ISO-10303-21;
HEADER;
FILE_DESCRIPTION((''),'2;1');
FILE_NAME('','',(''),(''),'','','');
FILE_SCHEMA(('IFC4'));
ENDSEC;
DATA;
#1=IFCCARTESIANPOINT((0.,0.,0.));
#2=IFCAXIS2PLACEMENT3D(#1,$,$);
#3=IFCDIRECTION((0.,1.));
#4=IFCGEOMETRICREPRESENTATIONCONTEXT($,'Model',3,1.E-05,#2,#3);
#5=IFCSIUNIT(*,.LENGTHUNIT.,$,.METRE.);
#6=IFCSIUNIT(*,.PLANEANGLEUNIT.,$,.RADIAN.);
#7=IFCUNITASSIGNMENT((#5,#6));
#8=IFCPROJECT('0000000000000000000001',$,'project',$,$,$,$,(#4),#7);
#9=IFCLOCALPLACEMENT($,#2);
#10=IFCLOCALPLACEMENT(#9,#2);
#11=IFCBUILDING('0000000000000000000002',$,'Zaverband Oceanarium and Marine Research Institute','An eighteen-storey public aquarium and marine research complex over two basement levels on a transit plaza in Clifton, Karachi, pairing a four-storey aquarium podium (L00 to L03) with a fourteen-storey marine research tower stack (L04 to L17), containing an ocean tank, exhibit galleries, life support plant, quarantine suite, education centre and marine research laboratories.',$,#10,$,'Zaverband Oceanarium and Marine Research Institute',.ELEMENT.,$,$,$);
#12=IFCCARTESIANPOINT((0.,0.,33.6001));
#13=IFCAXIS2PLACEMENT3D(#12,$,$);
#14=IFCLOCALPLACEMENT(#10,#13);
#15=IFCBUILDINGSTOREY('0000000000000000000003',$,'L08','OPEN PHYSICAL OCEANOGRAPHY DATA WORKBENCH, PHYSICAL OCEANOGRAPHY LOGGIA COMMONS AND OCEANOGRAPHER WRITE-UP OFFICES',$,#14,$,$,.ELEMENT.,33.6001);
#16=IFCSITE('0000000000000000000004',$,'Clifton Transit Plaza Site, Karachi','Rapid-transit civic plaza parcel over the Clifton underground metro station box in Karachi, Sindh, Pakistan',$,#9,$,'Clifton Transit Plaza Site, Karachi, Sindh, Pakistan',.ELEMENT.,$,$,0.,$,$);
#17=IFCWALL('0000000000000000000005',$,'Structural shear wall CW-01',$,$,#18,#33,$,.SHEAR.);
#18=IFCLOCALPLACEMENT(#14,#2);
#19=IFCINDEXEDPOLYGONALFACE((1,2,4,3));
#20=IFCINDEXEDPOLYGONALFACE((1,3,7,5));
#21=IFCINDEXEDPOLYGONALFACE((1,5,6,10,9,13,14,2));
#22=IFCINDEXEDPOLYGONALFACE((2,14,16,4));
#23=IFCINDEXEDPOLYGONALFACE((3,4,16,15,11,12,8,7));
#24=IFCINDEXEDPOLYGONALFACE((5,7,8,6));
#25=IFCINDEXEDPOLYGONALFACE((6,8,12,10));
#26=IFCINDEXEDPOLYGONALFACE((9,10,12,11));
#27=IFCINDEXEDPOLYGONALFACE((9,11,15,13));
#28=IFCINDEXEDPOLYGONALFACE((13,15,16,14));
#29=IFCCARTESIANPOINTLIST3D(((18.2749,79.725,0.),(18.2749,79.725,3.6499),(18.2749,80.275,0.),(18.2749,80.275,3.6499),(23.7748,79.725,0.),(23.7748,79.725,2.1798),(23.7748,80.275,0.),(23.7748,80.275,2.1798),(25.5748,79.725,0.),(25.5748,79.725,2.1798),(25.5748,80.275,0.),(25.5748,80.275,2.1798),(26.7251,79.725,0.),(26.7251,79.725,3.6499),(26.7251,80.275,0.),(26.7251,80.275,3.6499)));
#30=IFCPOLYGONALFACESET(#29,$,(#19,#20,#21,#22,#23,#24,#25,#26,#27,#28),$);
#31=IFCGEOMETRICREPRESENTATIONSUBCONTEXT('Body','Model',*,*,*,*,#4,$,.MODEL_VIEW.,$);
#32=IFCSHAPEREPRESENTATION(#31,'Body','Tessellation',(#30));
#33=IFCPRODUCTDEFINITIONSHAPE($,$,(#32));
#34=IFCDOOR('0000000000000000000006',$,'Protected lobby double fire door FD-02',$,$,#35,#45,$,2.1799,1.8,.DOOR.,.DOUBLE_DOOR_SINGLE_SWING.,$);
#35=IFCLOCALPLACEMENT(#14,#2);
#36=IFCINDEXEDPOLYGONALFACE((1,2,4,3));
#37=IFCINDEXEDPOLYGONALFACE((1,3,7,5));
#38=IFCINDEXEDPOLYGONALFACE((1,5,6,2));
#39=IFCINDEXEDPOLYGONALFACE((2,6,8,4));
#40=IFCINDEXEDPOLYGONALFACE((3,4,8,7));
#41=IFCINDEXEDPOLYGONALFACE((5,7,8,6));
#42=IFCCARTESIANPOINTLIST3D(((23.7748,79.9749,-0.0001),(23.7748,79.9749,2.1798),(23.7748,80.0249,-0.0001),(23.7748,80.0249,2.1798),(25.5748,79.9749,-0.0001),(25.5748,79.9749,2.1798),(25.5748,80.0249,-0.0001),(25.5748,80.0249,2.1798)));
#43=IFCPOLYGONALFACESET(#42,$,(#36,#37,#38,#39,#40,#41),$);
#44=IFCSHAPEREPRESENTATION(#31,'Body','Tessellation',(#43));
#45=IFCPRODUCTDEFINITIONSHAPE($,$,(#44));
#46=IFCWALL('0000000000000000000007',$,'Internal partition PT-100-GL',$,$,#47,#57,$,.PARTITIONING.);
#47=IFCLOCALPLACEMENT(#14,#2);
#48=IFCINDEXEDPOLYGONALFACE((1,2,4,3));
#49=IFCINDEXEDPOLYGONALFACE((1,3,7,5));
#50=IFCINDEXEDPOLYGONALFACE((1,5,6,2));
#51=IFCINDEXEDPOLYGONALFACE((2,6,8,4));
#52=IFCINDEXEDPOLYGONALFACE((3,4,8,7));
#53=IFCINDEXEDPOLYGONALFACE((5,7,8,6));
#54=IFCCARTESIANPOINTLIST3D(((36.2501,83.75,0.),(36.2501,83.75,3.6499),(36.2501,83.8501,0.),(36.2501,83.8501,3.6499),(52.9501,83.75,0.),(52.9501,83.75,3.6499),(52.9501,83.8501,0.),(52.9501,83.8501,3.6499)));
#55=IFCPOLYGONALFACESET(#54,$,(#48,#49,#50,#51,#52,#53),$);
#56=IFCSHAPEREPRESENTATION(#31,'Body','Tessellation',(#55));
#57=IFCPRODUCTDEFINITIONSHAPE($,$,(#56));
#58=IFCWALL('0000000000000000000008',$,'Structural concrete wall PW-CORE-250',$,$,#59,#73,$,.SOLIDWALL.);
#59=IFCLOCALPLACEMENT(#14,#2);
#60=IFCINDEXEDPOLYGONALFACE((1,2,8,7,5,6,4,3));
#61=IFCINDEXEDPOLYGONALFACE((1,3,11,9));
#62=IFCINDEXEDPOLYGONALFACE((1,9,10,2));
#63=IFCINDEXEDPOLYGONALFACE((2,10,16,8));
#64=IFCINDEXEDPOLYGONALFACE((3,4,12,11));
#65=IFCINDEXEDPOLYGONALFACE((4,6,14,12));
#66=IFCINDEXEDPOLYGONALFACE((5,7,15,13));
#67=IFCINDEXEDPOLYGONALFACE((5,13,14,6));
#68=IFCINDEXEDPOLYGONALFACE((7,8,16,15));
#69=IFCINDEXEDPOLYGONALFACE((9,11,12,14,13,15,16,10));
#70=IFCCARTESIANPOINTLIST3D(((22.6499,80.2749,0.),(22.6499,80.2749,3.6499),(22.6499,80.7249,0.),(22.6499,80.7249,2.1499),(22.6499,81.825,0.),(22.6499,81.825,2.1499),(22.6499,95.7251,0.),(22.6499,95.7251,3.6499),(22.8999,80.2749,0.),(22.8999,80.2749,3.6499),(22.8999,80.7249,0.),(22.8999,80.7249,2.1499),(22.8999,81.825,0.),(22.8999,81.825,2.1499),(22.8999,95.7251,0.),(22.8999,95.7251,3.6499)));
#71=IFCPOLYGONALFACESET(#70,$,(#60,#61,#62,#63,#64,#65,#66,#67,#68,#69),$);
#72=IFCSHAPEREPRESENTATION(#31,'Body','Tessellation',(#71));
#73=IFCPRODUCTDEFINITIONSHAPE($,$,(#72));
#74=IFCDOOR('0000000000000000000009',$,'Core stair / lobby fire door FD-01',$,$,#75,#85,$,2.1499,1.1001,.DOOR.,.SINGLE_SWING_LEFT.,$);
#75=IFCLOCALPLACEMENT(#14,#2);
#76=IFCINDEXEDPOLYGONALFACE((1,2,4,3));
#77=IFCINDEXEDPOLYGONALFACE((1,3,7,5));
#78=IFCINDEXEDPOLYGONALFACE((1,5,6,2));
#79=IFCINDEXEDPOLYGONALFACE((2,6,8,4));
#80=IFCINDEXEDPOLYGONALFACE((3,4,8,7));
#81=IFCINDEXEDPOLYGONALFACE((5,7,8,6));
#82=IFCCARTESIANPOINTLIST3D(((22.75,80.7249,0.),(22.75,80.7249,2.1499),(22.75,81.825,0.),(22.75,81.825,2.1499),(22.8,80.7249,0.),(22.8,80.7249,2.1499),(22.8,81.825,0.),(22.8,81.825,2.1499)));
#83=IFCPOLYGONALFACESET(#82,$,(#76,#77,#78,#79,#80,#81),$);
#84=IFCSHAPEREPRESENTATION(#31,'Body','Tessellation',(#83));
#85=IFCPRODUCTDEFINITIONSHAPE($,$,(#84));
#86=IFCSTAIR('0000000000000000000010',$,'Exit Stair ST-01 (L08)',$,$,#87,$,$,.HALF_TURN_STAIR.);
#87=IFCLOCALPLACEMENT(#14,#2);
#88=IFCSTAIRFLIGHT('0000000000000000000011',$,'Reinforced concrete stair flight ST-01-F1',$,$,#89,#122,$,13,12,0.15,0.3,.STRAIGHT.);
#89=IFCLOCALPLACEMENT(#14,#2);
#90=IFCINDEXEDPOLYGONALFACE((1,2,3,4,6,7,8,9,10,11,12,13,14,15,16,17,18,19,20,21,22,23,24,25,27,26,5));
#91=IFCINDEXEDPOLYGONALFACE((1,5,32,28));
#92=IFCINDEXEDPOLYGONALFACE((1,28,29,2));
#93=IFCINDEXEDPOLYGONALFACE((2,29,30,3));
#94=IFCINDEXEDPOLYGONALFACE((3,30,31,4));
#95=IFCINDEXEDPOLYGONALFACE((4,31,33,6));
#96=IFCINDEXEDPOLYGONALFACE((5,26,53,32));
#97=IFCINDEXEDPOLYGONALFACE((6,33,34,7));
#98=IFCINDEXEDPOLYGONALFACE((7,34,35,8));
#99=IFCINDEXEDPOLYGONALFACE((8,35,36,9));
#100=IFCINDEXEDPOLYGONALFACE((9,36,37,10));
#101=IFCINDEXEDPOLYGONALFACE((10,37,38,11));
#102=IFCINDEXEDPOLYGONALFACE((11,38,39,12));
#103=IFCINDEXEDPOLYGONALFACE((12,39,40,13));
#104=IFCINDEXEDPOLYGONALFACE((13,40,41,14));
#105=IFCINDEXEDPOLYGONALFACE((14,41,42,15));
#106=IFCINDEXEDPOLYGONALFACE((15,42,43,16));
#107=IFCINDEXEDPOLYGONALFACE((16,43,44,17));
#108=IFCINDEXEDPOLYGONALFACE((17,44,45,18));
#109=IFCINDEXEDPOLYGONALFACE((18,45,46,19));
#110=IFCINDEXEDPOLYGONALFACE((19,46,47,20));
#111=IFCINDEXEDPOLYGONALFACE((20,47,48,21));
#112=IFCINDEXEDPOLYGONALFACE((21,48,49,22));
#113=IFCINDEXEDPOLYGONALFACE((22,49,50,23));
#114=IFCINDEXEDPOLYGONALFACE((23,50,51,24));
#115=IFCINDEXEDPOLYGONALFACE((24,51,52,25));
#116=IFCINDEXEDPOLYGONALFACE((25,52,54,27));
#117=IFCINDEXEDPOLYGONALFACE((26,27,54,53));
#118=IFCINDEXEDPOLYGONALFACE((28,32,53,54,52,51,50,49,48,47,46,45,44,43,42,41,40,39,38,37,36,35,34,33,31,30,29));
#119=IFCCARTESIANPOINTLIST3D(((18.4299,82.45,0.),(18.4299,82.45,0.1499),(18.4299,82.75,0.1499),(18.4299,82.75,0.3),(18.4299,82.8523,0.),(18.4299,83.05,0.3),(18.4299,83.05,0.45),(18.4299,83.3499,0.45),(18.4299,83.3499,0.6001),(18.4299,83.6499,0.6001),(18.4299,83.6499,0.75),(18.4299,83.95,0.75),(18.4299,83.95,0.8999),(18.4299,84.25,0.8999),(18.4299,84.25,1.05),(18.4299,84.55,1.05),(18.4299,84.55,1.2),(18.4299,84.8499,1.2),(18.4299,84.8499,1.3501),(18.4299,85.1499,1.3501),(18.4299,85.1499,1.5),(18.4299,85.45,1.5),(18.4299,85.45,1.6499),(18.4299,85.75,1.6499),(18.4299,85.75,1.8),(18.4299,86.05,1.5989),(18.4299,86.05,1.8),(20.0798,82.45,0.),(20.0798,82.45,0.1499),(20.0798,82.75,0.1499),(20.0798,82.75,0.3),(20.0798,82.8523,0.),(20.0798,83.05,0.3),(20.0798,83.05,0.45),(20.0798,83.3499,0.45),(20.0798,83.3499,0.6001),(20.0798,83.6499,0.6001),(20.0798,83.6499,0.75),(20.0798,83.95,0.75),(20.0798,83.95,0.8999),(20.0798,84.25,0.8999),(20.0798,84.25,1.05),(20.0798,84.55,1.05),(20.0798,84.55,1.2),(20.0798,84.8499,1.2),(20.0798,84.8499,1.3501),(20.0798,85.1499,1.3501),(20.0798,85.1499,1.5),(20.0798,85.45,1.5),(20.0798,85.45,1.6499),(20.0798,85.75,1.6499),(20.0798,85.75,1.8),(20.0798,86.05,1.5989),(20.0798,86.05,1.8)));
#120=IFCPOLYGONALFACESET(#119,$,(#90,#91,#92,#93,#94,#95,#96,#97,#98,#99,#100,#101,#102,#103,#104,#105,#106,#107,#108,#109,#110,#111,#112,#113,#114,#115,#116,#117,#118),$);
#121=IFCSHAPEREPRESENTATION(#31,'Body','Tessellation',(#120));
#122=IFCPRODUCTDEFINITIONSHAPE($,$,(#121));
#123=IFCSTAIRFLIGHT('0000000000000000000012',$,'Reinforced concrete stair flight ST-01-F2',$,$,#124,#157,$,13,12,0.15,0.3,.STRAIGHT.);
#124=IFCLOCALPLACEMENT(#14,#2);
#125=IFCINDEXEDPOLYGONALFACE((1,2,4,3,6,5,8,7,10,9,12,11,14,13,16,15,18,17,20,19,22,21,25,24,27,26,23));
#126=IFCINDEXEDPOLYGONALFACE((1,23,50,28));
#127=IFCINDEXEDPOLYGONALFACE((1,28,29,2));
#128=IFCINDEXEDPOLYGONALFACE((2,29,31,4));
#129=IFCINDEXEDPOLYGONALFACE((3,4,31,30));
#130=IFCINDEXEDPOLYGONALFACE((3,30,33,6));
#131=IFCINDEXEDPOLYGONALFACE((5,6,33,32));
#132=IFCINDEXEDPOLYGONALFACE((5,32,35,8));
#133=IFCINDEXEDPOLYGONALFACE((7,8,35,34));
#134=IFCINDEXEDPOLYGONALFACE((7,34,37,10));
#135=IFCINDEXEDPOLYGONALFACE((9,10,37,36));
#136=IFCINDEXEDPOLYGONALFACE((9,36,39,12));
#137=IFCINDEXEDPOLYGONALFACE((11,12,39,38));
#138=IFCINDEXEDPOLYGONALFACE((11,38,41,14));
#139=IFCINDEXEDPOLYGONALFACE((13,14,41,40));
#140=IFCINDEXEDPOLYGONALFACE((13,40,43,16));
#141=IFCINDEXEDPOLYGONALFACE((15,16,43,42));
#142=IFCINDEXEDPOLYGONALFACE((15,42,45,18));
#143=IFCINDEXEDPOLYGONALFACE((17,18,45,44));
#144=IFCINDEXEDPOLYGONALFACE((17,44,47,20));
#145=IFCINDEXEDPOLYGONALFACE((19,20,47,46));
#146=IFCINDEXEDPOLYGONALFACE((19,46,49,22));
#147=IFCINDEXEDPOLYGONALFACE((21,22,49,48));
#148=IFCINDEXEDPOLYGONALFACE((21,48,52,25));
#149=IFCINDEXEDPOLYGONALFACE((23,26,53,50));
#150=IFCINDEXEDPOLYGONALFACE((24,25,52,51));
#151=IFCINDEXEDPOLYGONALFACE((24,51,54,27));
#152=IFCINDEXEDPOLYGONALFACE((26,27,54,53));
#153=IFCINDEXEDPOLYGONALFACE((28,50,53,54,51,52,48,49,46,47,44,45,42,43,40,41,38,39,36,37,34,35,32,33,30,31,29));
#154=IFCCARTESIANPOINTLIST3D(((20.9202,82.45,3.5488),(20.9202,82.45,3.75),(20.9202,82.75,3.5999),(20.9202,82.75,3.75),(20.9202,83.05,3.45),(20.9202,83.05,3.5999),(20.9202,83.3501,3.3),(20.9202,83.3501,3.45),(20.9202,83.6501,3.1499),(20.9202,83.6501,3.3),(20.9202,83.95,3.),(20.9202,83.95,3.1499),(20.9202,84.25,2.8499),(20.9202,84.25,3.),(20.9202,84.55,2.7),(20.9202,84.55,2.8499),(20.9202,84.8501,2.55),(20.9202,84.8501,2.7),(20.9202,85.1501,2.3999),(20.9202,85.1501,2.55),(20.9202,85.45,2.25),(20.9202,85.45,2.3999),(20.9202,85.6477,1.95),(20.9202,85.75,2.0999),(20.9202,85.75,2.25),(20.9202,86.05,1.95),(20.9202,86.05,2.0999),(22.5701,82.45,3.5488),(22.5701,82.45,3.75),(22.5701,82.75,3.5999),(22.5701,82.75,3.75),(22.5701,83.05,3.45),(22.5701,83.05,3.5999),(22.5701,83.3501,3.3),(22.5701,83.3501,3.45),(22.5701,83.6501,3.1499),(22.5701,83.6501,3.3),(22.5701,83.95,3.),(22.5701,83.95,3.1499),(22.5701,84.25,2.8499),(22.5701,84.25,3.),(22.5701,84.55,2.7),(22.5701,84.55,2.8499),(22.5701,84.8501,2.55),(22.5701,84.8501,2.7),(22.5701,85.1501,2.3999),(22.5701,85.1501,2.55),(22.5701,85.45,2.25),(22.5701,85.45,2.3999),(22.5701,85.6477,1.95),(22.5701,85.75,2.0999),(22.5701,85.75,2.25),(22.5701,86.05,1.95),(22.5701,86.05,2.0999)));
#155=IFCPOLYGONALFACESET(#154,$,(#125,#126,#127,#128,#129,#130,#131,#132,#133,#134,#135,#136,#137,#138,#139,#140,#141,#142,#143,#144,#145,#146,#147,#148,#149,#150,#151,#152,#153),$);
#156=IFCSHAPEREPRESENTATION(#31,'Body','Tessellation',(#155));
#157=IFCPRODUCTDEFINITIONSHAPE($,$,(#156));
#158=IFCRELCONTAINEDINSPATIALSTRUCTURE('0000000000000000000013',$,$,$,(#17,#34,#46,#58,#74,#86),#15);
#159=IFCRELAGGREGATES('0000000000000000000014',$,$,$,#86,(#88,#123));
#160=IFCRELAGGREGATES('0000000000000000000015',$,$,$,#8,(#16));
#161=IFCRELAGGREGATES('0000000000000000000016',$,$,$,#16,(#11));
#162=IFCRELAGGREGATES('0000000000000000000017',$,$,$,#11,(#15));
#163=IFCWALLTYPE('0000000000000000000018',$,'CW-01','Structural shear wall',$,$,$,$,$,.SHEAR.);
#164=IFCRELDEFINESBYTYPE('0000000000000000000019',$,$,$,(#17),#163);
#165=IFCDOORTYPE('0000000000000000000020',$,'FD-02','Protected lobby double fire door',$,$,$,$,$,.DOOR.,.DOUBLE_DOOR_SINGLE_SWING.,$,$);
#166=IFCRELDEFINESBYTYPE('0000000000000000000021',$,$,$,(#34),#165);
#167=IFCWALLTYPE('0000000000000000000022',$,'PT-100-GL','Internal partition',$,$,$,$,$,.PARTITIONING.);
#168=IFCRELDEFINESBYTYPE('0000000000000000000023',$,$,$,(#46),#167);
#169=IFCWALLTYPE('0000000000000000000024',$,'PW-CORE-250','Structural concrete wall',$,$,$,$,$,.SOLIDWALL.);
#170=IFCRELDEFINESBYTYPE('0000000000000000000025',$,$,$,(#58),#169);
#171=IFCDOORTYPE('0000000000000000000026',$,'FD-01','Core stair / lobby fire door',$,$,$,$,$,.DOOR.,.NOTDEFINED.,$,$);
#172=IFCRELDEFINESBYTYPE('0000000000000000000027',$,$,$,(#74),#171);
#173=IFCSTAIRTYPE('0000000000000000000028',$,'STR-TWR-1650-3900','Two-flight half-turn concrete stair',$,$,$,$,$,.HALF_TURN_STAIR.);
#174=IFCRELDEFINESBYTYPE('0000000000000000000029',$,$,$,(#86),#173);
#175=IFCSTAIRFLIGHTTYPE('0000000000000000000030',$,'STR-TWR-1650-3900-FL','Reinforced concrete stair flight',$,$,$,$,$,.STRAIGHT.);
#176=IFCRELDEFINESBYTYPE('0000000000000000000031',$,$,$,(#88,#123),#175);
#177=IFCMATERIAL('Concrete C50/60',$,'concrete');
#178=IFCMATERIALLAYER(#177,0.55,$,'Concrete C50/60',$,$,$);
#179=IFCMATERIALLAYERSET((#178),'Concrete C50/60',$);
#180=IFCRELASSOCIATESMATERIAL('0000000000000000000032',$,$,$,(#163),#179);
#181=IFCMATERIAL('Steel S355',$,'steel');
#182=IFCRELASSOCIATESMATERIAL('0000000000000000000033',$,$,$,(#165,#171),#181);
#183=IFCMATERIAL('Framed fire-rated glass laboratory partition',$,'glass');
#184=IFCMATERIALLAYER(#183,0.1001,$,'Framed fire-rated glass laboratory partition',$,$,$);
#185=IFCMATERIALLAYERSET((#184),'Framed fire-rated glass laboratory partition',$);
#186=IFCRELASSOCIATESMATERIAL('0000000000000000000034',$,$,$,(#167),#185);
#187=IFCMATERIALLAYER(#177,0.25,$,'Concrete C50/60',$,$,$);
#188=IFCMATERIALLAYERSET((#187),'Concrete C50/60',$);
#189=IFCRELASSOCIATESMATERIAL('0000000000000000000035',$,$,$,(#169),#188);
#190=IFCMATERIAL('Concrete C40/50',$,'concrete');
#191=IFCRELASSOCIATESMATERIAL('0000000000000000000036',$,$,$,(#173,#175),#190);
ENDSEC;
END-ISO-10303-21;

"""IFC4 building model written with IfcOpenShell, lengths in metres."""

from ifc_helpers import new_model, si_unit, direction, frame, frame_2d, origin, place, context, subcontext, project, spatial, polyline, rectangle, outline, extrude, material, layer, layer_set, type_object, element, fill, aggregate, save


model = new_model("IFC4")

# Units and contexts
model_context = context("Model", 3, precision=1e-05, world=origin(), true_north=direction((0.0, 1.0)))
body_context = subcontext(model_context, "Body", "Model", "MODEL_VIEW")
ifc_project = project(units=[si_unit("LENGTHUNIT", "METRE"), si_unit("PLANEANGLEUNIT", "RADIAN")], contexts=[model_context])

# Site, building, storey
site_placement = place(None, origin())
site = spatial("IfcSite", under=ifc_project, at=site_placement, Name="Clifton Transit Plaza Site, Karachi", Description="Rapid-transit civic plaza parcel over the Clifton underground metro station box in Karachi, Sindh, Pakistan", LongName="Clifton Transit Plaza Site, Karachi, Sindh, Pakistan", CompositionType="ELEMENT", RefElevation=0.0)
building_placement = place(site_placement, origin())
building = spatial("IfcBuilding", under=site, at=building_placement, Name="Zaverband Oceanarium and Marine Research Institute", Description="An eighteen-storey public aquarium and marine research complex over two basement levels on a transit plaza in Clifton, Karachi, pairing a four-storey aquarium podium (L00 to L03) with a fourteen-storey marine research tower stack (L04 to L17), containing an ocean tank, exhibit galleries, life support plant, quarantine suite, education centre and marine research laboratories.", LongName="Zaverband Oceanarium and Marine Research Institute", CompositionType="ELEMENT")
storey_placement = place(building_placement, frame((0.0, 0.0, 33.6001)))
storey = spatial("IfcBuildingStorey", under=building, at=storey_placement, Name="L08", Description="OPEN PHYSICAL OCEANOGRAPHY DATA WORKBENCH, PHYSICAL OCEANOGRAPHY LOGGIA COMMONS AND OCEANOGRAPHER WRITE-UP OFFICES", CompositionType="ELEMENT", Elevation=33.6001)

# Shared definitions
ifc_material_1 = material(Name="Concrete C50/60", Category="concrete")

# Shared definitions
ifc_material_2 = material(Name="Concrete C40/50", Category="concrete")

# Wall, opening, door
ifc_layer_1 = layer(ifc_material_1, 0.55, Name="Concrete C50/60")
ifc_layer_set_1 = layer_set([ifc_layer_1], Name="Concrete C50/60")
wall_type_1 = type_object("IfcWallType", Name="CW-01", Description="Structural shear wall", PredefinedType="SHEAR", material=ifc_layer_set_1)
wall_1_placement = place(storey_placement, frame((18.2749, 80.0, 0.0), z_axis=(0.0, 0.0, 1.0), x_axis=(1.0, 0.0, 0.0)))
wall_1 = element("IfcWall", 1, at=wall_1_placement, inside=storey, type_object=wall_type_1, Name="Structural shear wall CW-01", PredefinedType="SHEAR", context=body_context, shape_type="SweptSolid", body=[
    extrude(rectangle(XDim=8.4502, YDim=0.55, at=frame_2d((4.2251, 0.0))), origin(), (0.0, 0.0, 1.0), 3.6499),
])
opening_1_placement = place(wall_1_placement, frame((5.5, 0.0, 0.0)))
opening_1 = element("IfcOpeningElement", 2, at=opening_1_placement, cuts=wall_1, PredefinedType="OPENING", context=body_context, shape_type="SweptSolid", body=[
    extrude(rectangle(XDim=1.8, YDim=2.1799, at=frame_2d((0.8999, 1.0898))), frame((0.0, 0.2871, 0.0), z_axis=(0.0, -1.0, 0.0), x_axis=(1.0, 0.0, 0.0)), (0.0, 0.0, 1.0), 0.574),
])
ifc_material_3 = material(Name="Steel S355", Category="steel")
door_type_1 = type_object("IfcDoorType", Name="FD-02", Description="Protected lobby double fire door", OperationType="DOUBLE_DOOR_SINGLE_SWING", PredefinedType="DOOR", material=ifc_material_3)
door_1_placement = place(opening_1_placement, origin())
door_1 = element("IfcDoor", 3, at=door_1_placement, inside=storey, type_object=door_type_1, Name="Protected lobby double fire door FD-02", OperationType="DOUBLE_DOOR_SINGLE_SWING", OverallHeight=2.1799, OverallWidth=1.8, PredefinedType="DOOR", context=body_context, shape_type="SweptSolid", body=[
    extrude(rectangle(XDim=1.8, YDim=2.1799, at=frame_2d((0.8999, 1.0898))), frame((0.0, 0.0249, 0.0), z_axis=(0.0, -1.0, 0.0), x_axis=(1.0, 0.0, 0.0)), (0.0, 0.0, 1.0), 0.05),
])
fill(opening_1, door_1)

# Wall
ifc_material_4 = material(Name="Framed fire-rated glass laboratory partition", Category="glass")
ifc_layer_2 = layer(ifc_material_4, 0.1001, Name="Framed fire-rated glass laboratory partition")
ifc_layer_set_2 = layer_set([ifc_layer_2], Name="Framed fire-rated glass laboratory partition")
wall_type_2 = type_object("IfcWallType", Name="PT-100-GL", Description="Internal partition", PredefinedType="PARTITIONING", material=ifc_layer_set_2)
wall_2_placement = place(storey_placement, frame((36.25, 83.8, 0.0), z_axis=(0.0, 0.0, 1.0), x_axis=(1.0, 0.0, 0.0)))
element("IfcWall", 4, at=wall_2_placement, inside=storey, type_object=wall_type_2, Name="Internal partition PT-100-GL", PredefinedType="PARTITIONING", context=body_context, shape_type="SweptSolid", body=[
    extrude(rectangle(XDim=16.7, YDim=0.1001, at=frame_2d((8.3501, 0.0))), origin(), (0.0, 0.0, 1.0), 3.6499),
])

# Wall, opening, door
ifc_layer_3 = layer(ifc_material_1, 0.25, Name="Concrete C50/60")
ifc_layer_set_3 = layer_set([ifc_layer_3], Name="Concrete C50/60")
wall_type_3 = type_object("IfcWallType", Name="PW-CORE-250", Description="Structural concrete wall", PredefinedType="SOLIDWALL", material=ifc_layer_set_3)
wall_3_placement = place(storey_placement, frame((22.7749, 80.2749, 0.0), z_axis=(0.0, 0.0, 1.0), x_axis=(0.0, 1.0, 0.0)))
wall_3 = element("IfcWall", 5, at=wall_3_placement, inside=storey, type_object=wall_type_3, Name="Structural concrete wall PW-CORE-250", PredefinedType="SOLIDWALL", context=body_context, shape_type="SweptSolid", body=[
    extrude(rectangle(XDim=15.4502, YDim=0.25, at=frame_2d((7.7251, 0.0))), origin(), (0.0, 0.0, 1.0), 3.6499),
])
opening_2_placement = place(wall_3_placement, frame((0.45, 0.0, 0.0)))
opening_2 = element("IfcOpeningElement", 6, at=opening_2_placement, cuts=wall_3, PredefinedType="OPENING", context=body_context, shape_type="SweptSolid", body=[
    extrude(rectangle(XDim=1.1001, YDim=2.1499, at=frame_2d((0.55, 1.075))), frame((0.0, 0.137, 0.0), z_axis=(0.0, -1.0, 0.0), x_axis=(1.0, 0.0, 0.0)), (0.0, 0.0, 1.0), 0.2739),
])
door_type_2 = type_object("IfcDoorType", Name="FD-01", Description="Core stair / lobby fire door", OperationType="NOTDEFINED", PredefinedType="DOOR", material=ifc_material_3)
door_2_placement = place(opening_2_placement, origin())
door_2 = element("IfcDoor", 7, at=door_2_placement, inside=storey, type_object=door_type_2, Name="Core stair / lobby fire door FD-01", OperationType="SINGLE_SWING_LEFT", OverallHeight=2.1499, OverallWidth=1.1001, PredefinedType="DOOR", context=body_context, shape_type="SweptSolid", body=[
    extrude(rectangle(XDim=1.1001, YDim=2.1499, at=frame_2d((0.55, 1.075))), frame((0.0, 0.0249, 0.0), z_axis=(0.0, -1.0, 0.0), x_axis=(1.0, 0.0, 0.0)), (0.0, 0.0, 1.0), 0.05),
])
fill(opening_2, door_2)

# Stair, stair flights
stair_type = type_object("IfcStairType", Name="STR-TWR-1650-3900", Description="Two-flight half-turn concrete stair", PredefinedType="HALF_TURN_STAIR", material=ifc_material_2)
stair_placement = place(storey_placement, origin())
stair = element("IfcStair", 8, at=stair_placement, inside=storey, type_object=stair_type, Name="Exit Stair ST-01 (L08)", PredefinedType="HALF_TURN_STAIR")
stair_flight_type = type_object("IfcStairFlightType", Name="STR-TWR-1650-3900-FL", Description="Reinforced concrete stair flight", PredefinedType="STRAIGHT", material=ifc_material_2)
stair_flight_1_placement = place(storey_placement, frame((19.2549, 82.45, 0.0), z_axis=(0.0, 0.0, 1.0), x_axis=(0.0, 1.0, 0.0)))
stair_flight_1 = element("IfcStairFlight", 9, at=stair_flight_1_placement, type_object=stair_flight_type, Name="Reinforced concrete stair flight ST-01-F1", NumberOfRisers=13, NumberOfTreads=12, PredefinedType="STRAIGHT", RiserHeight=0.15, TreadLength=0.3, context=body_context, shape_type="SweptSolid", body=[
    extrude(outline(polyline([(0.0, 0.0), (0.0, 0.1499), (0.3, 0.1499), (0.3, 0.3), (0.6001, 0.3), (0.6001, 0.45), (0.8999, 0.45), (0.8999, 0.6001), (1.2, 0.6001), (1.2, 0.75), (1.5, 0.75), (1.5, 0.8999), (1.8, 0.8999), (1.8, 1.05), (2.1001, 1.05), (2.1001, 1.2), (2.3999, 1.2), (2.3999, 1.3501), (2.7, 1.3501), (2.7, 1.5), (3.0, 1.5), (3.0, 1.6499), (3.3, 1.6499), (3.3, 1.8), (3.6001, 1.8), (3.6001, 1.95), (3.6001, 1.5989), (0.4023, 0.0), (0.0, 0.0)])), frame((0.0, 0.825, 0.0), z_axis=(0.0, -1.0, 0.0), x_axis=(1.0, 0.0, 0.0)), (0.0, 0.0, 1.0), 1.6499),
])
stair_flight_2_placement = place(storey_placement, frame((21.7451, 86.05, 1.95), z_axis=(0.0, 0.0, 1.0), x_axis=(0.0, -1.0, 0.0)))
stair_flight_2 = element("IfcStairFlight", 10, at=stair_flight_2_placement, type_object=stair_flight_type, Name="Reinforced concrete stair flight ST-01-F2", NumberOfRisers=13, NumberOfTreads=12, PredefinedType="STRAIGHT", RiserHeight=0.15, TreadLength=0.3, context=body_context, shape_type="SweptSolid", body=[
    extrude(outline(polyline([(0.0, 0.0), (0.0, 0.1499), (0.3, 0.1499), (0.3, 0.3), (0.6001, 0.3), (0.6001, 0.45), (0.8999, 0.45), (0.8999, 0.6001), (1.2, 0.6001), (1.2, 0.75), (1.5, 0.75), (1.5, 0.8999), (1.8, 0.8999), (1.8, 1.05), (2.1001, 1.05), (2.1001, 1.2), (2.3999, 1.2), (2.3999, 1.3501), (2.7, 1.3501), (2.7, 1.5), (3.0, 1.5), (3.0, 1.6499), (3.3, 1.6499), (3.3, 1.8), (3.6001, 1.8), (3.6001, 1.95), (3.6001, 1.5989), (0.4023, 0.0), (0.0, 0.0)])), frame((0.0, 0.825, 0.0), z_axis=(0.0, -1.0, 0.0), x_axis=(1.0, 0.0, 0.0)), (0.0, 0.0, 1.0), 1.6499),
])
aggregate(stair, [stair_flight_1, stair_flight_2])

save(model, "model.ifc")
